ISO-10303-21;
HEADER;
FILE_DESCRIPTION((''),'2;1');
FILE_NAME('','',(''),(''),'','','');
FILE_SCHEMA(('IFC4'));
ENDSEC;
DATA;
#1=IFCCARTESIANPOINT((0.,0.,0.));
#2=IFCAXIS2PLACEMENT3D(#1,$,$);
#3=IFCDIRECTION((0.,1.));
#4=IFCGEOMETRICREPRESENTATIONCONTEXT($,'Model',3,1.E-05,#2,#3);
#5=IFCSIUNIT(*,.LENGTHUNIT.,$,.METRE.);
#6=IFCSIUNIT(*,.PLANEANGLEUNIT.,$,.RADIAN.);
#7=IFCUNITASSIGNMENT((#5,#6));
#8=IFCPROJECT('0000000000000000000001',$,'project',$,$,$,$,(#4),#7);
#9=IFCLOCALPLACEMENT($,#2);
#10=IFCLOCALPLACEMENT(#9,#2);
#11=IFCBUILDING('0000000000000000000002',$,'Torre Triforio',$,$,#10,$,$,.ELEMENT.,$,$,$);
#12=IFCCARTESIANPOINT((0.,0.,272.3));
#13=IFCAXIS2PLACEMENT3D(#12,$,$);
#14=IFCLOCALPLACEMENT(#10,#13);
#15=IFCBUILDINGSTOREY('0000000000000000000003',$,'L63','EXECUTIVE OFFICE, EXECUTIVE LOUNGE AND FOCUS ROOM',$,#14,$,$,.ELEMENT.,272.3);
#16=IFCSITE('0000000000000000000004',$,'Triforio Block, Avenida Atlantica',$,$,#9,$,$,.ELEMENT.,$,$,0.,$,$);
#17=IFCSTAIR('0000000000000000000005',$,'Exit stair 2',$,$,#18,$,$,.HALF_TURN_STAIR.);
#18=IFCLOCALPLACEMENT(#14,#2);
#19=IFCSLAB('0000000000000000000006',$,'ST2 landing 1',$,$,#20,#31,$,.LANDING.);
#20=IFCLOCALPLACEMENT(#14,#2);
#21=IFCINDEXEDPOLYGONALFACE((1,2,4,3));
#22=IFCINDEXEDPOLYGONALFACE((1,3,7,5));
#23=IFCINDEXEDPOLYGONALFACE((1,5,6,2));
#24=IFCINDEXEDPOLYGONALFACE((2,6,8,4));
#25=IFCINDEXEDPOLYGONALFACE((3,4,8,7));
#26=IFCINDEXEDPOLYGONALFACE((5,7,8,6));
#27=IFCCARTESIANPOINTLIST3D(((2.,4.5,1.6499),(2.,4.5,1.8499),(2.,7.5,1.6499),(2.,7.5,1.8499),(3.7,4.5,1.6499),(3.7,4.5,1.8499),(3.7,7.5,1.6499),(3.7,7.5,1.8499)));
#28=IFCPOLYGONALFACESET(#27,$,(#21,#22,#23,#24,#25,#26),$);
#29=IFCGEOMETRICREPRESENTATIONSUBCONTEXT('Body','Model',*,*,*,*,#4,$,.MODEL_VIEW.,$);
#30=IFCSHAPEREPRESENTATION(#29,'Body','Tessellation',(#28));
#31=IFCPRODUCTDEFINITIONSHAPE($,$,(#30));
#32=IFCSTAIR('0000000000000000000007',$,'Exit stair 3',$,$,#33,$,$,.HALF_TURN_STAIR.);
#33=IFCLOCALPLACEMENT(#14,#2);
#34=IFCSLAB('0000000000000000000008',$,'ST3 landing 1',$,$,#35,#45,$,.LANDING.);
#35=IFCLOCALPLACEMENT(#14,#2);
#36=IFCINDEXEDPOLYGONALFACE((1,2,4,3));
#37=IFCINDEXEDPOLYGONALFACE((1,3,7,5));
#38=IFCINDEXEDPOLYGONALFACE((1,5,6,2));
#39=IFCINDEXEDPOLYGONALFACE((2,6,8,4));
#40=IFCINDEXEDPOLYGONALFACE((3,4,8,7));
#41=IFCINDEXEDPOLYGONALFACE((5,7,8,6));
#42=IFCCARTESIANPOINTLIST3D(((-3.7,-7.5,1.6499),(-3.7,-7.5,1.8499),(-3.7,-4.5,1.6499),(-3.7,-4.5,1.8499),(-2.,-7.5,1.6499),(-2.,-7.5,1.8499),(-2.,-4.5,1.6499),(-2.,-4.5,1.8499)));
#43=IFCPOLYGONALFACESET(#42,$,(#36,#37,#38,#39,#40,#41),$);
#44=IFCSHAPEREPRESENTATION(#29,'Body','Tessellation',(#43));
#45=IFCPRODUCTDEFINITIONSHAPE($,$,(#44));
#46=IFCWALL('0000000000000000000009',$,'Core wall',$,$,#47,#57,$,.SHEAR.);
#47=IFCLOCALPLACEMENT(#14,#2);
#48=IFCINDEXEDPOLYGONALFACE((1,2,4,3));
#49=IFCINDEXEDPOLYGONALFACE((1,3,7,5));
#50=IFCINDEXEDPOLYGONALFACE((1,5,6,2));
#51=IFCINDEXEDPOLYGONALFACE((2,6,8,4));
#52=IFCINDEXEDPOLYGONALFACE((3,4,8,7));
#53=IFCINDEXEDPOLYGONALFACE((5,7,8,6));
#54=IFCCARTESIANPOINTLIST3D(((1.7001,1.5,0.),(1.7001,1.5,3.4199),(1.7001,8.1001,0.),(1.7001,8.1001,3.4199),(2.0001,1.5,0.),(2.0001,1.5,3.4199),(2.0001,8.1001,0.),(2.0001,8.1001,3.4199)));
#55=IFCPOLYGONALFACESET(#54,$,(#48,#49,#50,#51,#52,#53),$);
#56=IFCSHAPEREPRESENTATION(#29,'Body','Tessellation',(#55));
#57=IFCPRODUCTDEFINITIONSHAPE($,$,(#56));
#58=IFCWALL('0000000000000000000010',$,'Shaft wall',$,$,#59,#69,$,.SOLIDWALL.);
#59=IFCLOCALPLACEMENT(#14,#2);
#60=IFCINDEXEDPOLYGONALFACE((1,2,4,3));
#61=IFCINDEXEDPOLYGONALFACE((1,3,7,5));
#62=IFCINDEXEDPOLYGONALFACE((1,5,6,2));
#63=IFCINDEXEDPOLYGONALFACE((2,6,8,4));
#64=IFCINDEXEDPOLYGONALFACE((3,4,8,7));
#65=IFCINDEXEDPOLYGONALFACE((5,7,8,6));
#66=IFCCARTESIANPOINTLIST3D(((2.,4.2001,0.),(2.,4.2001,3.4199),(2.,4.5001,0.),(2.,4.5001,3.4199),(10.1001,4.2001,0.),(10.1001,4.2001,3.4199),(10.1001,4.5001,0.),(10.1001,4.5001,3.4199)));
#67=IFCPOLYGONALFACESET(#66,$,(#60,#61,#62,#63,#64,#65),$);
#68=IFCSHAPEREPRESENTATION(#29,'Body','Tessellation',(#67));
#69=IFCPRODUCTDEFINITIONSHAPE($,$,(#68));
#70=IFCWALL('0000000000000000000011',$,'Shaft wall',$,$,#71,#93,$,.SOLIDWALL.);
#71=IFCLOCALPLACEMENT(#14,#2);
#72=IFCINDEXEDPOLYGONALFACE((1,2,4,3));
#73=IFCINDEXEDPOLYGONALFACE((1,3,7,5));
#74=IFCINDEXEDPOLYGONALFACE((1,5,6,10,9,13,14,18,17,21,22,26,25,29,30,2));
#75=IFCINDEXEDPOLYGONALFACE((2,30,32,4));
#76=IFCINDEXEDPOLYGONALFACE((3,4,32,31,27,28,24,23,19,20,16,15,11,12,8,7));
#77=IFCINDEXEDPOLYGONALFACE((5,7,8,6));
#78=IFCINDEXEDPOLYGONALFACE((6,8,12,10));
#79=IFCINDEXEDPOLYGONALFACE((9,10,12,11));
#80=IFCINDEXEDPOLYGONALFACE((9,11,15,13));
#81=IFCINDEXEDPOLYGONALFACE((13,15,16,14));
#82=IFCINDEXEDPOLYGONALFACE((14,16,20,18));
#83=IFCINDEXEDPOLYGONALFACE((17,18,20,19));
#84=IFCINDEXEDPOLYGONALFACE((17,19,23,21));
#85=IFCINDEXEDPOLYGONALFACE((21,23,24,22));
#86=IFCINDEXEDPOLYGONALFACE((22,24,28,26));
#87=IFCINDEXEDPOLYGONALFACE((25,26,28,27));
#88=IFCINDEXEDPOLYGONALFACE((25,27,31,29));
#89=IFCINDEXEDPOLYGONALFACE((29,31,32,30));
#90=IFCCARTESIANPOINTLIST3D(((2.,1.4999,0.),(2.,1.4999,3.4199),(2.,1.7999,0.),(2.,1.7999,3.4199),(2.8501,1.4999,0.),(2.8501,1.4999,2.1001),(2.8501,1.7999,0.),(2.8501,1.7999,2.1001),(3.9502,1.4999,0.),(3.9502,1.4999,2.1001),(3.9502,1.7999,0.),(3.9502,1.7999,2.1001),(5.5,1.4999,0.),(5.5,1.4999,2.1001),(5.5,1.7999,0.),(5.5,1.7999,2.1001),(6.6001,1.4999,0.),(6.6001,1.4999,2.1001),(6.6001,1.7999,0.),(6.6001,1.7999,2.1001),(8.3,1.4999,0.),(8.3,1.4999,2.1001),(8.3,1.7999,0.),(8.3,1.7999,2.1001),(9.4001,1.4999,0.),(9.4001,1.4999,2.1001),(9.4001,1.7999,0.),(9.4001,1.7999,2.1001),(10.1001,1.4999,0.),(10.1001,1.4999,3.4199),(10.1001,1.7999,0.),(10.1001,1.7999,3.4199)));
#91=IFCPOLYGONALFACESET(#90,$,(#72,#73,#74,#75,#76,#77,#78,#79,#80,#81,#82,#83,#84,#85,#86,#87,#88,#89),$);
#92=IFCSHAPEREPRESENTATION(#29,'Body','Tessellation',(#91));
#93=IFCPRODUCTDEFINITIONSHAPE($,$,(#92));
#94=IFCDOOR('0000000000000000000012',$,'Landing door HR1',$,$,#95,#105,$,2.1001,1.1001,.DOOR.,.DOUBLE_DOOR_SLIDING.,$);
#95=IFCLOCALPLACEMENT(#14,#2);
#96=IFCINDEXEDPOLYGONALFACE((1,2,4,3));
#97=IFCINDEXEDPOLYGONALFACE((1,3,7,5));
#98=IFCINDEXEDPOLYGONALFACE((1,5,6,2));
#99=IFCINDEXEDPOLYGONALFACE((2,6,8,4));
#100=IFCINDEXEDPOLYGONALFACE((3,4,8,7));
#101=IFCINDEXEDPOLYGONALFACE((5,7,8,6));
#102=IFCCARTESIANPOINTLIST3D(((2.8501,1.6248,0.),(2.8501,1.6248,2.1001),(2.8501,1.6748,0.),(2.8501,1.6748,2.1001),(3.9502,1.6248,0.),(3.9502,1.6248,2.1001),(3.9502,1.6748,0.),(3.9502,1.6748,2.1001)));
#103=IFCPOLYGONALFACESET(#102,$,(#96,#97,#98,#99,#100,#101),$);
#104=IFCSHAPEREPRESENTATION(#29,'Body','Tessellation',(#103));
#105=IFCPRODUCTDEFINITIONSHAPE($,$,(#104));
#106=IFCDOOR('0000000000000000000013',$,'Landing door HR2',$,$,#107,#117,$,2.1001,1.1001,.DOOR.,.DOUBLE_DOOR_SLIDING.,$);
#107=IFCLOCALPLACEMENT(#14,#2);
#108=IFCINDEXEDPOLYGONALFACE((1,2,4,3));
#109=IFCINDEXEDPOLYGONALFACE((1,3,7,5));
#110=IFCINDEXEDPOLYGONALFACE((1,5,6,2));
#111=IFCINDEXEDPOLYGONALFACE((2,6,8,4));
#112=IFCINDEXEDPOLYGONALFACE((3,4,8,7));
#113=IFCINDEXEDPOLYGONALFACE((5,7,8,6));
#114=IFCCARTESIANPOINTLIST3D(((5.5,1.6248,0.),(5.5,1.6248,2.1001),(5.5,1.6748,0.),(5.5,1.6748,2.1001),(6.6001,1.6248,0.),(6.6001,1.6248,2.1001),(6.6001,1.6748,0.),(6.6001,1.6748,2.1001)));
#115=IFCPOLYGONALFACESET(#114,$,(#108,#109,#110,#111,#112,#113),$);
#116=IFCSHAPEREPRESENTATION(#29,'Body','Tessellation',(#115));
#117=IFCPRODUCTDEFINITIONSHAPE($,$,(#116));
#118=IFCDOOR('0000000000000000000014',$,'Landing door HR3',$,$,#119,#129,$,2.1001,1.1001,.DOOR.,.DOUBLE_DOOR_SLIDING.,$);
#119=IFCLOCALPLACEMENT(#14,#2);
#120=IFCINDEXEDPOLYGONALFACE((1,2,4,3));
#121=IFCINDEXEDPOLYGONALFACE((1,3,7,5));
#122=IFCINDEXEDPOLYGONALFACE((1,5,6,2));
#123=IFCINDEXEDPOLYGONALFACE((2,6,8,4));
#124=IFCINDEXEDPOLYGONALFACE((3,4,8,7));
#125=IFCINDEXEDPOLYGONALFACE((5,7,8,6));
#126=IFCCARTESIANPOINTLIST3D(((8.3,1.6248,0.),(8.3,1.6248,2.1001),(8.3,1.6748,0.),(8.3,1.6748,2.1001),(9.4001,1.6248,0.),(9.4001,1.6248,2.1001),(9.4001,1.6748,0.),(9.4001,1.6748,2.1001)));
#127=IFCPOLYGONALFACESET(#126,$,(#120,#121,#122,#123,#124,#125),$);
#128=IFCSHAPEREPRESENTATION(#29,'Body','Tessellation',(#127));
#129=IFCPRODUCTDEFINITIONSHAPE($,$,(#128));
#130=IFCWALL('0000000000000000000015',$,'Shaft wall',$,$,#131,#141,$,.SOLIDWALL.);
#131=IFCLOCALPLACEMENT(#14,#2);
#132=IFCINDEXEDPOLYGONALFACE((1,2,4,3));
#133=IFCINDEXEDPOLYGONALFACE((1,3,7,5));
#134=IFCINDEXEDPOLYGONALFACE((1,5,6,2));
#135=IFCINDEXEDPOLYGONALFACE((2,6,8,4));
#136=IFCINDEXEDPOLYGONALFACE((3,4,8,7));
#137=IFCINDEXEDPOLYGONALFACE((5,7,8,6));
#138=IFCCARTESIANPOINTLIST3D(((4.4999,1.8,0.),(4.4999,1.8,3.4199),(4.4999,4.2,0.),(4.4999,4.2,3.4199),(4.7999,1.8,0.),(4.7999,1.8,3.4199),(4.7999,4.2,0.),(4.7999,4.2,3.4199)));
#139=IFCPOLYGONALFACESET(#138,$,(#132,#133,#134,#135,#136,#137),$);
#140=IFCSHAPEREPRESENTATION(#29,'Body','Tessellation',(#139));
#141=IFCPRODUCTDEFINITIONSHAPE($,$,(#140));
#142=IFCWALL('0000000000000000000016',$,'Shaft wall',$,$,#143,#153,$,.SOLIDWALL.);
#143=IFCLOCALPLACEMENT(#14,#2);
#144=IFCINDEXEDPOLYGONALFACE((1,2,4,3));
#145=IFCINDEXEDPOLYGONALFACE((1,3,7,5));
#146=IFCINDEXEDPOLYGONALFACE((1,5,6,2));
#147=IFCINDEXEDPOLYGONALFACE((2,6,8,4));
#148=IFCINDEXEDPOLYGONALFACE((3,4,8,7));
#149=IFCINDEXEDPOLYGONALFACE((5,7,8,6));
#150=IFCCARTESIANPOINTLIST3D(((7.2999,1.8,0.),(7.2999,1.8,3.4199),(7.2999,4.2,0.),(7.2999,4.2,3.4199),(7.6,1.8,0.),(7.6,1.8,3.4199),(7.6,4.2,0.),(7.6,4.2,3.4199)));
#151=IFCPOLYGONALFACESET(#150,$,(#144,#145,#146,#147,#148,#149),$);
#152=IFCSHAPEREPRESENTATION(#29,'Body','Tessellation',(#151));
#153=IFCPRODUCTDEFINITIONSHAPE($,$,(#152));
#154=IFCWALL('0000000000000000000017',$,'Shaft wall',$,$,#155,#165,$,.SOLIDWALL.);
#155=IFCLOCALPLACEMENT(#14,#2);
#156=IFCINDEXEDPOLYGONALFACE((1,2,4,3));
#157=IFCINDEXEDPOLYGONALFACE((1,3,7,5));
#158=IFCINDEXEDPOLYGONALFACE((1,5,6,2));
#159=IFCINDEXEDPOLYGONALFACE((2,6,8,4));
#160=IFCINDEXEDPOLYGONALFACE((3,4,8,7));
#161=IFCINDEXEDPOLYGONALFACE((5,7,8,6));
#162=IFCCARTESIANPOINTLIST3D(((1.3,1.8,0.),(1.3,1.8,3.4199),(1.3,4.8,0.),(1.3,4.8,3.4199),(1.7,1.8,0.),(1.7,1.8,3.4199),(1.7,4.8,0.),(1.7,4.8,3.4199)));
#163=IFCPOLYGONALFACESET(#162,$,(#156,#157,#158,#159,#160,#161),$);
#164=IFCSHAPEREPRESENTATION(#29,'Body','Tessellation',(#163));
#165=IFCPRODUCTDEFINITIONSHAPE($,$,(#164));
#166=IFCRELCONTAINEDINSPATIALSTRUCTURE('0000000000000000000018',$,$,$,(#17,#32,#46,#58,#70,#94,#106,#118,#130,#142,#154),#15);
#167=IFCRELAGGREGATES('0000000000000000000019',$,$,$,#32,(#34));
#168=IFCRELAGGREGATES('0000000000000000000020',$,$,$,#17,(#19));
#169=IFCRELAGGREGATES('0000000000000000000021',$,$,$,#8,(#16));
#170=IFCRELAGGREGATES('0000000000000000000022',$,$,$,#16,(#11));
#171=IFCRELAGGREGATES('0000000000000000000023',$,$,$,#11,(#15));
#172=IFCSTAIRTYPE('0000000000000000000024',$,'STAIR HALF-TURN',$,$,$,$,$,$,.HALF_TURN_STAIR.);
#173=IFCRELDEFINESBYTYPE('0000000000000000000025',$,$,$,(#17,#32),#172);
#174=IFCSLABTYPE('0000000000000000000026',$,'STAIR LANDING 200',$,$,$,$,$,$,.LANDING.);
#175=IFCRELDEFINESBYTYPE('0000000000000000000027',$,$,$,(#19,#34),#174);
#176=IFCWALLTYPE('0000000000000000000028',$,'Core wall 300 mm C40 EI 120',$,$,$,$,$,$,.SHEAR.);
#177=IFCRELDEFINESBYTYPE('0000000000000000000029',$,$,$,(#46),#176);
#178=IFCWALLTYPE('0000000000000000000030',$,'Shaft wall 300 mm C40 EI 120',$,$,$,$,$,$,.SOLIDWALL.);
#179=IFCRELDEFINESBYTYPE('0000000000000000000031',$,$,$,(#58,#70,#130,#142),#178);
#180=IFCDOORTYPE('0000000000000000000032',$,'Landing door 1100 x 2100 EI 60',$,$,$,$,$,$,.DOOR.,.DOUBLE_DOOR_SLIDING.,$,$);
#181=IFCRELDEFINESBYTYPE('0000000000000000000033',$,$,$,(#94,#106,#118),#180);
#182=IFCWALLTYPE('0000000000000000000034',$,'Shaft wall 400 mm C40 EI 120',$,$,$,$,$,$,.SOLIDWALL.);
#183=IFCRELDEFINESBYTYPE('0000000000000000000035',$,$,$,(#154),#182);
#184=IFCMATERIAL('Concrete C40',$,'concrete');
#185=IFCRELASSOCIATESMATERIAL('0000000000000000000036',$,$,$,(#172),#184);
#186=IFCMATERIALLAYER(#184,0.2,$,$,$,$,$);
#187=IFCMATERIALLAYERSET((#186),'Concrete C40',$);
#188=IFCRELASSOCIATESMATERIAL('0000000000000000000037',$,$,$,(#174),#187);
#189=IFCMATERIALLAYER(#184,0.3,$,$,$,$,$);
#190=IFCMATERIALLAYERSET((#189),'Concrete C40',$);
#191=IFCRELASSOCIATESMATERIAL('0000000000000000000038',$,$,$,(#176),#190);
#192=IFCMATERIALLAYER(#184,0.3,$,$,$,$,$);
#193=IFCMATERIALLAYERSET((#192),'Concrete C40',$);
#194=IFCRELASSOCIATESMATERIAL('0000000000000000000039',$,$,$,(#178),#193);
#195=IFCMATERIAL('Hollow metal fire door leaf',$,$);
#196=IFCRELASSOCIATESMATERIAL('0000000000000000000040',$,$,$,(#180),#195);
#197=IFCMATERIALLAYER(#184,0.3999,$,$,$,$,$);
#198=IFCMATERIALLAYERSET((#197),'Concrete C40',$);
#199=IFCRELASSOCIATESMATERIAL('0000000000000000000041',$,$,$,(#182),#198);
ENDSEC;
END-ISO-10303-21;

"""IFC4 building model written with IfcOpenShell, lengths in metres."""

from ifc_helpers import new_model, si_unit, direction, frame, frame_2d, origin, place, context, subcontext, project, spatial, polyline, rectangle, outline, extrude, material, layer, layer_set, type_object, element, fill, aggregate, save


model = new_model("IFC4")

# Units and contexts
model_context = context("Model", 3, precision=1e-05, world=origin(), true_north=direction((0.0, 1.0)))
body_context = subcontext(model_context, "Body", "Model", "MODEL_VIEW")
ifc_project = project(units=[si_unit("LENGTHUNIT", "METRE"), si_unit("PLANEANGLEUNIT", "RADIAN")], contexts=[model_context])

# Site, building, storey
site_placement = place(None, origin())
site = spatial("IfcSite", under=ifc_project, at=site_placement, Name="Triforio Block, Avenida Atlantica", CompositionType="ELEMENT", RefElevation=0.0)
building_placement = place(site_placement, origin())
building = spatial("IfcBuilding", under=site, at=building_placement, Name="Torre Triforio", CompositionType="ELEMENT")
storey_placement = place(building_placement, frame((0.0, 0.0, 272.3)))
storey = spatial("IfcBuildingStorey", under=building, at=storey_placement, Name="L63", Description="EXECUTIVE OFFICE, EXECUTIVE LOUNGE AND FOCUS ROOM", CompositionType="ELEMENT", Elevation=272.3)

# Stairs, slabs
ifc_material_1 = material(Name="Concrete C40", Category="concrete")
stair_type = type_object("IfcStairType", Name="STAIR HALF-TURN", PredefinedType="HALF_TURN_STAIR", material=ifc_material_1)
stair_1_placement = place(storey_placement, origin())
stair_1 = element("IfcStair", 1, at=stair_1_placement, inside=storey, type_object=stair_type, Name="Exit stair 2", PredefinedType="HALF_TURN_STAIR")
ifc_layer_1 = layer(ifc_material_1, 0.2)
ifc_layer_set_1 = layer_set([ifc_layer_1], Name="Concrete C40")
slab_type = type_object("IfcSlabType", Name="STAIR LANDING 200", PredefinedType="LANDING", material=ifc_layer_set_1)
slab_1_placement = place(storey_placement, frame((0.0, 0.0, 1.6499)))
slab_1 = element("IfcSlab", 2, at=slab_1_placement, type_object=slab_type, Name="ST2 landing 1", PredefinedType="LANDING", context=body_context, shape_type="SweptSolid", body=[
    extrude(outline(polyline([(3.7, 4.5), (3.7, 7.5), (2.0, 7.5), (2.0, 4.5), (3.7, 4.5)])), origin(), (0.0, 0.0, 1.0), 0.2),
])
stair_2_placement = place(storey_placement, origin())
stair_2 = element("IfcStair", 3, at=stair_2_placement, inside=storey, type_object=stair_type, Name="Exit stair 3", PredefinedType="HALF_TURN_STAIR")
slab_2_placement = place(storey_placement, frame((0.0, 0.0, 1.6499)))
slab_2 = element("IfcSlab", 4, at=slab_2_placement, type_object=slab_type, Name="ST3 landing 1", PredefinedType="LANDING", context=body_context, shape_type="SweptSolid", body=[
    extrude(outline(polyline([(-2.0, -7.5), (-2.0, -4.5), (-3.7, -4.5), (-3.7, -7.5), (-2.0, -7.5)])), origin(), (0.0, 0.0, 1.0), 0.2),
])
aggregate(stair_2, [slab_2])

# Walls
ifc_layer_2 = layer(ifc_material_1, 0.3)
ifc_layer_set_2 = layer_set([ifc_layer_2], Name="Concrete C40")
wall_type_1 = type_object("IfcWallType", Name="Core wall 300 mm C40 EI 120", PredefinedType="SHEAR", material=ifc_layer_set_2)
wall_1_placement = place(storey_placement, frame((1.8501, 1.5, 0.0), z_axis=(0.0, 0.0, 1.0), x_axis=(0.0, 1.0, 0.0)))
element("IfcWall", 5, at=wall_1_placement, inside=storey, type_object=wall_type_1, Name="Core wall", PredefinedType="SHEAR", context=body_context, shape_type="SweptSolid", body=[
    extrude(rectangle(XDim=6.6001, YDim=0.3, at=frame_2d((3.3, 0.0))), origin(), (0.0, 0.0, 1.0), 3.4199),
])
ifc_layer_3 = layer(ifc_material_1, 0.3)
ifc_layer_set_3 = layer_set([ifc_layer_3], Name="Concrete C40")
wall_type_2 = type_object("IfcWallType", Name="Shaft wall 300 mm C40 EI 120", PredefinedType="SOLIDWALL", material=ifc_layer_set_3)
wall_2_placement = place(storey_placement, frame((2.0, 4.3501, 0.0), z_axis=(0.0, 0.0, 1.0), x_axis=(1.0, 0.0, 0.0)))
element("IfcWall", 6, at=wall_2_placement, inside=storey, type_object=wall_type_2, Name="Shaft wall", PredefinedType="SOLIDWALL", context=body_context, shape_type="SweptSolid", body=[
    extrude(rectangle(XDim=8.1001, YDim=0.3, at=frame_2d((4.05, 0.0))), origin(), (0.0, 0.0, 1.0), 3.4199),
])

# Wall, openings, doors
wall_3_placement = place(storey_placement, frame((2.0, 1.6499, 0.0), z_axis=(0.0, 0.0, 1.0), x_axis=(1.0, 0.0, 0.0)))
wall_3 = element("IfcWall", 7, at=wall_3_placement, inside=storey, type_object=wall_type_2, Name="Shaft wall", PredefinedType="SOLIDWALL", context=body_context, shape_type="SweptSolid", body=[
    extrude(rectangle(XDim=8.1001, YDim=0.3, at=frame_2d((4.05, 0.0))), origin(), (0.0, 0.0, 1.0), 3.4199),
])
opening_1_placement = place(wall_3_placement, frame((0.8501, 0.0, 0.0)))
opening_1 = element("IfcOpeningElement", 8, at=opening_1_placement, cuts=wall_3, PredefinedType="OPENING", context=body_context, shape_type="SweptSolid", body=[
    extrude(rectangle(XDim=1.1001, YDim=2.1001, at=frame_2d((0.55, 1.05))), frame((0.0, 0.1599, 0.0), z_axis=(0.0, -1.0, 0.0), x_axis=(1.0, 0.0, 0.0)), (0.0, 0.0, 1.0), 0.3201),
])
opening_2_placement = place(wall_3_placement, frame((3.5, 0.0, 0.0)))
opening_2 = element("IfcOpeningElement", 9, at=opening_2_placement, cuts=wall_3, PredefinedType="OPENING", context=body_context, shape_type="SweptSolid", body=[
    extrude(rectangle(XDim=1.1001, YDim=2.1001, at=frame_2d((0.55, 1.05))), frame((0.0, 0.1599, 0.0), z_axis=(0.0, -1.0, 0.0), x_axis=(1.0, 0.0, 0.0)), (0.0, 0.0, 1.0), 0.3201),
])
opening_3_placement = place(wall_3_placement, frame((6.3, 0.0, 0.0)))
opening_3 = element("IfcOpeningElement", 10, at=opening_3_placement, cuts=wall_3, PredefinedType="OPENING", context=body_context, shape_type="SweptSolid", body=[
    extrude(rectangle(XDim=1.1001, YDim=2.1001, at=frame_2d((0.55, 1.05))), frame((0.0, 0.1599, 0.0), z_axis=(0.0, -1.0, 0.0), x_axis=(1.0, 0.0, 0.0)), (0.0, 0.0, 1.0), 0.3201),
])
ifc_material_2 = material(Name="Hollow metal fire door leaf")
door_type_1 = type_object("IfcDoorType", Name="Landing door 1100 x 2100 EI 60", OperationType="DOUBLE_DOOR_SLIDING", PredefinedType="DOOR", material=ifc_material_2)
door_1_placement = place(opening_1_placement, origin())
door_1 = element("IfcDoor", 11, at=door_1_placement, inside=storey, type_object=door_type_1, Name="Landing door HR1", OperationType="DOUBLE_DOOR_SLIDING", OverallHeight=2.1001, OverallWidth=1.1001, PredefinedType="DOOR", context=body_context, shape_type="SweptSolid", body=[
    extrude(rectangle(XDim=1.1001, YDim=2.1001, at=frame_2d((0.55, 1.05))), frame((0.0, 0.0249, 0.0), z_axis=(0.0, -1.0, 0.0), x_axis=(1.0, 0.0, 0.0)), (0.0, 0.0, 1.0), 0.05),
])
fill(opening_1, door_1)
door_2_placement = place(opening_2_placement, origin())
door_2 = element("IfcDoor", 12, at=door_2_placement, inside=storey, type_object=door_type_1, Name="Landing door HR2", OperationType="DOUBLE_DOOR_SLIDING", OverallHeight=2.1001, OverallWidth=1.1001, PredefinedType="DOOR", context=body_context, shape_type="SweptSolid", body=[
    extrude(rectangle(XDim=1.1001, YDim=2.1001, at=frame_2d((0.55, 1.05))), frame((0.0, 0.0249, 0.0), z_axis=(0.0, -1.0, 0.0), x_axis=(1.0, 0.0, 0.0)), (0.0, 0.0, 1.0), 0.05),
])
fill(opening_2, door_2)
door_3_placement = place(opening_3_placement, origin())
door_3 = element("IfcDoor", 13, at=door_3_placement, inside=storey, type_object=door_type_1, Name="Landing door HR3", OperationType="DOUBLE_DOOR_SLIDING", OverallHeight=2.1001, OverallWidth=1.1001, PredefinedType="DOOR", context=body_context, shape_type="SweptSolid", body=[
    extrude(rectangle(XDim=1.1001, YDim=2.1001, at=frame_2d((0.55, 1.05))), frame((0.0, 0.0249, 0.0), z_axis=(0.0, -1.0, 0.0), x_axis=(1.0, 0.0, 0.0)), (0.0, 0.0, 1.0), 0.05),
])
fill(opening_3, door_3)

# Walls
for number, where, z_axis, x_axis, name in (
    (14, (4.6499, 1.8, 0.0), (0.0, 0.0, 1.0), (0.0, 1.0, 0.0), "Shaft wall"),
    (15, (7.45, 1.8, 0.0), (0.0, 0.0, 1.0), (0.0, 1.0, 0.0), "Shaft wall"),
):
    element("IfcWall", number, at=place(storey_placement, frame(where, z_axis=z_axis, x_axis=x_axis)), inside=storey, type_object=wall_type_2, Name=name, PredefinedType="SOLIDWALL", context=body_context, shape_type="SweptSolid", body=[
        extrude(rectangle(XDim=2.3999, YDim=0.3, at=frame_2d((1.2, 0.0))), origin(), (0.0, 0.0, 1.0), 3.4199),
    ])
ifc_layer_4 = layer(ifc_material_1, 0.3999)
ifc_layer_set_4 = layer_set([ifc_layer_4], Name="Concrete C40")
wall_type_3 = type_object("IfcWallType", Name="Shaft wall 400 mm C40 EI 120", PredefinedType="SOLIDWALL", material=ifc_layer_set_4)
wall_4_placement = place(storey_placement, frame((1.5, 1.8, 0.0), z_axis=(0.0, 0.0, 1.0), x_axis=(0.0, 1.0, 0.0)))
element("IfcWall", 16, at=wall_4_placement, inside=storey, type_object=wall_type_3, Name="Shaft wall", PredefinedType="SOLIDWALL", context=body_context, shape_type="SweptSolid", body=[
    extrude(rectangle(XDim=3.0, YDim=0.3999, at=frame_2d((1.5, 0.0))), origin(), (0.0, 0.0, 1.0), 3.4199),
])

aggregate(stair_1, [slab_1])

save(model, "model.ifc")
